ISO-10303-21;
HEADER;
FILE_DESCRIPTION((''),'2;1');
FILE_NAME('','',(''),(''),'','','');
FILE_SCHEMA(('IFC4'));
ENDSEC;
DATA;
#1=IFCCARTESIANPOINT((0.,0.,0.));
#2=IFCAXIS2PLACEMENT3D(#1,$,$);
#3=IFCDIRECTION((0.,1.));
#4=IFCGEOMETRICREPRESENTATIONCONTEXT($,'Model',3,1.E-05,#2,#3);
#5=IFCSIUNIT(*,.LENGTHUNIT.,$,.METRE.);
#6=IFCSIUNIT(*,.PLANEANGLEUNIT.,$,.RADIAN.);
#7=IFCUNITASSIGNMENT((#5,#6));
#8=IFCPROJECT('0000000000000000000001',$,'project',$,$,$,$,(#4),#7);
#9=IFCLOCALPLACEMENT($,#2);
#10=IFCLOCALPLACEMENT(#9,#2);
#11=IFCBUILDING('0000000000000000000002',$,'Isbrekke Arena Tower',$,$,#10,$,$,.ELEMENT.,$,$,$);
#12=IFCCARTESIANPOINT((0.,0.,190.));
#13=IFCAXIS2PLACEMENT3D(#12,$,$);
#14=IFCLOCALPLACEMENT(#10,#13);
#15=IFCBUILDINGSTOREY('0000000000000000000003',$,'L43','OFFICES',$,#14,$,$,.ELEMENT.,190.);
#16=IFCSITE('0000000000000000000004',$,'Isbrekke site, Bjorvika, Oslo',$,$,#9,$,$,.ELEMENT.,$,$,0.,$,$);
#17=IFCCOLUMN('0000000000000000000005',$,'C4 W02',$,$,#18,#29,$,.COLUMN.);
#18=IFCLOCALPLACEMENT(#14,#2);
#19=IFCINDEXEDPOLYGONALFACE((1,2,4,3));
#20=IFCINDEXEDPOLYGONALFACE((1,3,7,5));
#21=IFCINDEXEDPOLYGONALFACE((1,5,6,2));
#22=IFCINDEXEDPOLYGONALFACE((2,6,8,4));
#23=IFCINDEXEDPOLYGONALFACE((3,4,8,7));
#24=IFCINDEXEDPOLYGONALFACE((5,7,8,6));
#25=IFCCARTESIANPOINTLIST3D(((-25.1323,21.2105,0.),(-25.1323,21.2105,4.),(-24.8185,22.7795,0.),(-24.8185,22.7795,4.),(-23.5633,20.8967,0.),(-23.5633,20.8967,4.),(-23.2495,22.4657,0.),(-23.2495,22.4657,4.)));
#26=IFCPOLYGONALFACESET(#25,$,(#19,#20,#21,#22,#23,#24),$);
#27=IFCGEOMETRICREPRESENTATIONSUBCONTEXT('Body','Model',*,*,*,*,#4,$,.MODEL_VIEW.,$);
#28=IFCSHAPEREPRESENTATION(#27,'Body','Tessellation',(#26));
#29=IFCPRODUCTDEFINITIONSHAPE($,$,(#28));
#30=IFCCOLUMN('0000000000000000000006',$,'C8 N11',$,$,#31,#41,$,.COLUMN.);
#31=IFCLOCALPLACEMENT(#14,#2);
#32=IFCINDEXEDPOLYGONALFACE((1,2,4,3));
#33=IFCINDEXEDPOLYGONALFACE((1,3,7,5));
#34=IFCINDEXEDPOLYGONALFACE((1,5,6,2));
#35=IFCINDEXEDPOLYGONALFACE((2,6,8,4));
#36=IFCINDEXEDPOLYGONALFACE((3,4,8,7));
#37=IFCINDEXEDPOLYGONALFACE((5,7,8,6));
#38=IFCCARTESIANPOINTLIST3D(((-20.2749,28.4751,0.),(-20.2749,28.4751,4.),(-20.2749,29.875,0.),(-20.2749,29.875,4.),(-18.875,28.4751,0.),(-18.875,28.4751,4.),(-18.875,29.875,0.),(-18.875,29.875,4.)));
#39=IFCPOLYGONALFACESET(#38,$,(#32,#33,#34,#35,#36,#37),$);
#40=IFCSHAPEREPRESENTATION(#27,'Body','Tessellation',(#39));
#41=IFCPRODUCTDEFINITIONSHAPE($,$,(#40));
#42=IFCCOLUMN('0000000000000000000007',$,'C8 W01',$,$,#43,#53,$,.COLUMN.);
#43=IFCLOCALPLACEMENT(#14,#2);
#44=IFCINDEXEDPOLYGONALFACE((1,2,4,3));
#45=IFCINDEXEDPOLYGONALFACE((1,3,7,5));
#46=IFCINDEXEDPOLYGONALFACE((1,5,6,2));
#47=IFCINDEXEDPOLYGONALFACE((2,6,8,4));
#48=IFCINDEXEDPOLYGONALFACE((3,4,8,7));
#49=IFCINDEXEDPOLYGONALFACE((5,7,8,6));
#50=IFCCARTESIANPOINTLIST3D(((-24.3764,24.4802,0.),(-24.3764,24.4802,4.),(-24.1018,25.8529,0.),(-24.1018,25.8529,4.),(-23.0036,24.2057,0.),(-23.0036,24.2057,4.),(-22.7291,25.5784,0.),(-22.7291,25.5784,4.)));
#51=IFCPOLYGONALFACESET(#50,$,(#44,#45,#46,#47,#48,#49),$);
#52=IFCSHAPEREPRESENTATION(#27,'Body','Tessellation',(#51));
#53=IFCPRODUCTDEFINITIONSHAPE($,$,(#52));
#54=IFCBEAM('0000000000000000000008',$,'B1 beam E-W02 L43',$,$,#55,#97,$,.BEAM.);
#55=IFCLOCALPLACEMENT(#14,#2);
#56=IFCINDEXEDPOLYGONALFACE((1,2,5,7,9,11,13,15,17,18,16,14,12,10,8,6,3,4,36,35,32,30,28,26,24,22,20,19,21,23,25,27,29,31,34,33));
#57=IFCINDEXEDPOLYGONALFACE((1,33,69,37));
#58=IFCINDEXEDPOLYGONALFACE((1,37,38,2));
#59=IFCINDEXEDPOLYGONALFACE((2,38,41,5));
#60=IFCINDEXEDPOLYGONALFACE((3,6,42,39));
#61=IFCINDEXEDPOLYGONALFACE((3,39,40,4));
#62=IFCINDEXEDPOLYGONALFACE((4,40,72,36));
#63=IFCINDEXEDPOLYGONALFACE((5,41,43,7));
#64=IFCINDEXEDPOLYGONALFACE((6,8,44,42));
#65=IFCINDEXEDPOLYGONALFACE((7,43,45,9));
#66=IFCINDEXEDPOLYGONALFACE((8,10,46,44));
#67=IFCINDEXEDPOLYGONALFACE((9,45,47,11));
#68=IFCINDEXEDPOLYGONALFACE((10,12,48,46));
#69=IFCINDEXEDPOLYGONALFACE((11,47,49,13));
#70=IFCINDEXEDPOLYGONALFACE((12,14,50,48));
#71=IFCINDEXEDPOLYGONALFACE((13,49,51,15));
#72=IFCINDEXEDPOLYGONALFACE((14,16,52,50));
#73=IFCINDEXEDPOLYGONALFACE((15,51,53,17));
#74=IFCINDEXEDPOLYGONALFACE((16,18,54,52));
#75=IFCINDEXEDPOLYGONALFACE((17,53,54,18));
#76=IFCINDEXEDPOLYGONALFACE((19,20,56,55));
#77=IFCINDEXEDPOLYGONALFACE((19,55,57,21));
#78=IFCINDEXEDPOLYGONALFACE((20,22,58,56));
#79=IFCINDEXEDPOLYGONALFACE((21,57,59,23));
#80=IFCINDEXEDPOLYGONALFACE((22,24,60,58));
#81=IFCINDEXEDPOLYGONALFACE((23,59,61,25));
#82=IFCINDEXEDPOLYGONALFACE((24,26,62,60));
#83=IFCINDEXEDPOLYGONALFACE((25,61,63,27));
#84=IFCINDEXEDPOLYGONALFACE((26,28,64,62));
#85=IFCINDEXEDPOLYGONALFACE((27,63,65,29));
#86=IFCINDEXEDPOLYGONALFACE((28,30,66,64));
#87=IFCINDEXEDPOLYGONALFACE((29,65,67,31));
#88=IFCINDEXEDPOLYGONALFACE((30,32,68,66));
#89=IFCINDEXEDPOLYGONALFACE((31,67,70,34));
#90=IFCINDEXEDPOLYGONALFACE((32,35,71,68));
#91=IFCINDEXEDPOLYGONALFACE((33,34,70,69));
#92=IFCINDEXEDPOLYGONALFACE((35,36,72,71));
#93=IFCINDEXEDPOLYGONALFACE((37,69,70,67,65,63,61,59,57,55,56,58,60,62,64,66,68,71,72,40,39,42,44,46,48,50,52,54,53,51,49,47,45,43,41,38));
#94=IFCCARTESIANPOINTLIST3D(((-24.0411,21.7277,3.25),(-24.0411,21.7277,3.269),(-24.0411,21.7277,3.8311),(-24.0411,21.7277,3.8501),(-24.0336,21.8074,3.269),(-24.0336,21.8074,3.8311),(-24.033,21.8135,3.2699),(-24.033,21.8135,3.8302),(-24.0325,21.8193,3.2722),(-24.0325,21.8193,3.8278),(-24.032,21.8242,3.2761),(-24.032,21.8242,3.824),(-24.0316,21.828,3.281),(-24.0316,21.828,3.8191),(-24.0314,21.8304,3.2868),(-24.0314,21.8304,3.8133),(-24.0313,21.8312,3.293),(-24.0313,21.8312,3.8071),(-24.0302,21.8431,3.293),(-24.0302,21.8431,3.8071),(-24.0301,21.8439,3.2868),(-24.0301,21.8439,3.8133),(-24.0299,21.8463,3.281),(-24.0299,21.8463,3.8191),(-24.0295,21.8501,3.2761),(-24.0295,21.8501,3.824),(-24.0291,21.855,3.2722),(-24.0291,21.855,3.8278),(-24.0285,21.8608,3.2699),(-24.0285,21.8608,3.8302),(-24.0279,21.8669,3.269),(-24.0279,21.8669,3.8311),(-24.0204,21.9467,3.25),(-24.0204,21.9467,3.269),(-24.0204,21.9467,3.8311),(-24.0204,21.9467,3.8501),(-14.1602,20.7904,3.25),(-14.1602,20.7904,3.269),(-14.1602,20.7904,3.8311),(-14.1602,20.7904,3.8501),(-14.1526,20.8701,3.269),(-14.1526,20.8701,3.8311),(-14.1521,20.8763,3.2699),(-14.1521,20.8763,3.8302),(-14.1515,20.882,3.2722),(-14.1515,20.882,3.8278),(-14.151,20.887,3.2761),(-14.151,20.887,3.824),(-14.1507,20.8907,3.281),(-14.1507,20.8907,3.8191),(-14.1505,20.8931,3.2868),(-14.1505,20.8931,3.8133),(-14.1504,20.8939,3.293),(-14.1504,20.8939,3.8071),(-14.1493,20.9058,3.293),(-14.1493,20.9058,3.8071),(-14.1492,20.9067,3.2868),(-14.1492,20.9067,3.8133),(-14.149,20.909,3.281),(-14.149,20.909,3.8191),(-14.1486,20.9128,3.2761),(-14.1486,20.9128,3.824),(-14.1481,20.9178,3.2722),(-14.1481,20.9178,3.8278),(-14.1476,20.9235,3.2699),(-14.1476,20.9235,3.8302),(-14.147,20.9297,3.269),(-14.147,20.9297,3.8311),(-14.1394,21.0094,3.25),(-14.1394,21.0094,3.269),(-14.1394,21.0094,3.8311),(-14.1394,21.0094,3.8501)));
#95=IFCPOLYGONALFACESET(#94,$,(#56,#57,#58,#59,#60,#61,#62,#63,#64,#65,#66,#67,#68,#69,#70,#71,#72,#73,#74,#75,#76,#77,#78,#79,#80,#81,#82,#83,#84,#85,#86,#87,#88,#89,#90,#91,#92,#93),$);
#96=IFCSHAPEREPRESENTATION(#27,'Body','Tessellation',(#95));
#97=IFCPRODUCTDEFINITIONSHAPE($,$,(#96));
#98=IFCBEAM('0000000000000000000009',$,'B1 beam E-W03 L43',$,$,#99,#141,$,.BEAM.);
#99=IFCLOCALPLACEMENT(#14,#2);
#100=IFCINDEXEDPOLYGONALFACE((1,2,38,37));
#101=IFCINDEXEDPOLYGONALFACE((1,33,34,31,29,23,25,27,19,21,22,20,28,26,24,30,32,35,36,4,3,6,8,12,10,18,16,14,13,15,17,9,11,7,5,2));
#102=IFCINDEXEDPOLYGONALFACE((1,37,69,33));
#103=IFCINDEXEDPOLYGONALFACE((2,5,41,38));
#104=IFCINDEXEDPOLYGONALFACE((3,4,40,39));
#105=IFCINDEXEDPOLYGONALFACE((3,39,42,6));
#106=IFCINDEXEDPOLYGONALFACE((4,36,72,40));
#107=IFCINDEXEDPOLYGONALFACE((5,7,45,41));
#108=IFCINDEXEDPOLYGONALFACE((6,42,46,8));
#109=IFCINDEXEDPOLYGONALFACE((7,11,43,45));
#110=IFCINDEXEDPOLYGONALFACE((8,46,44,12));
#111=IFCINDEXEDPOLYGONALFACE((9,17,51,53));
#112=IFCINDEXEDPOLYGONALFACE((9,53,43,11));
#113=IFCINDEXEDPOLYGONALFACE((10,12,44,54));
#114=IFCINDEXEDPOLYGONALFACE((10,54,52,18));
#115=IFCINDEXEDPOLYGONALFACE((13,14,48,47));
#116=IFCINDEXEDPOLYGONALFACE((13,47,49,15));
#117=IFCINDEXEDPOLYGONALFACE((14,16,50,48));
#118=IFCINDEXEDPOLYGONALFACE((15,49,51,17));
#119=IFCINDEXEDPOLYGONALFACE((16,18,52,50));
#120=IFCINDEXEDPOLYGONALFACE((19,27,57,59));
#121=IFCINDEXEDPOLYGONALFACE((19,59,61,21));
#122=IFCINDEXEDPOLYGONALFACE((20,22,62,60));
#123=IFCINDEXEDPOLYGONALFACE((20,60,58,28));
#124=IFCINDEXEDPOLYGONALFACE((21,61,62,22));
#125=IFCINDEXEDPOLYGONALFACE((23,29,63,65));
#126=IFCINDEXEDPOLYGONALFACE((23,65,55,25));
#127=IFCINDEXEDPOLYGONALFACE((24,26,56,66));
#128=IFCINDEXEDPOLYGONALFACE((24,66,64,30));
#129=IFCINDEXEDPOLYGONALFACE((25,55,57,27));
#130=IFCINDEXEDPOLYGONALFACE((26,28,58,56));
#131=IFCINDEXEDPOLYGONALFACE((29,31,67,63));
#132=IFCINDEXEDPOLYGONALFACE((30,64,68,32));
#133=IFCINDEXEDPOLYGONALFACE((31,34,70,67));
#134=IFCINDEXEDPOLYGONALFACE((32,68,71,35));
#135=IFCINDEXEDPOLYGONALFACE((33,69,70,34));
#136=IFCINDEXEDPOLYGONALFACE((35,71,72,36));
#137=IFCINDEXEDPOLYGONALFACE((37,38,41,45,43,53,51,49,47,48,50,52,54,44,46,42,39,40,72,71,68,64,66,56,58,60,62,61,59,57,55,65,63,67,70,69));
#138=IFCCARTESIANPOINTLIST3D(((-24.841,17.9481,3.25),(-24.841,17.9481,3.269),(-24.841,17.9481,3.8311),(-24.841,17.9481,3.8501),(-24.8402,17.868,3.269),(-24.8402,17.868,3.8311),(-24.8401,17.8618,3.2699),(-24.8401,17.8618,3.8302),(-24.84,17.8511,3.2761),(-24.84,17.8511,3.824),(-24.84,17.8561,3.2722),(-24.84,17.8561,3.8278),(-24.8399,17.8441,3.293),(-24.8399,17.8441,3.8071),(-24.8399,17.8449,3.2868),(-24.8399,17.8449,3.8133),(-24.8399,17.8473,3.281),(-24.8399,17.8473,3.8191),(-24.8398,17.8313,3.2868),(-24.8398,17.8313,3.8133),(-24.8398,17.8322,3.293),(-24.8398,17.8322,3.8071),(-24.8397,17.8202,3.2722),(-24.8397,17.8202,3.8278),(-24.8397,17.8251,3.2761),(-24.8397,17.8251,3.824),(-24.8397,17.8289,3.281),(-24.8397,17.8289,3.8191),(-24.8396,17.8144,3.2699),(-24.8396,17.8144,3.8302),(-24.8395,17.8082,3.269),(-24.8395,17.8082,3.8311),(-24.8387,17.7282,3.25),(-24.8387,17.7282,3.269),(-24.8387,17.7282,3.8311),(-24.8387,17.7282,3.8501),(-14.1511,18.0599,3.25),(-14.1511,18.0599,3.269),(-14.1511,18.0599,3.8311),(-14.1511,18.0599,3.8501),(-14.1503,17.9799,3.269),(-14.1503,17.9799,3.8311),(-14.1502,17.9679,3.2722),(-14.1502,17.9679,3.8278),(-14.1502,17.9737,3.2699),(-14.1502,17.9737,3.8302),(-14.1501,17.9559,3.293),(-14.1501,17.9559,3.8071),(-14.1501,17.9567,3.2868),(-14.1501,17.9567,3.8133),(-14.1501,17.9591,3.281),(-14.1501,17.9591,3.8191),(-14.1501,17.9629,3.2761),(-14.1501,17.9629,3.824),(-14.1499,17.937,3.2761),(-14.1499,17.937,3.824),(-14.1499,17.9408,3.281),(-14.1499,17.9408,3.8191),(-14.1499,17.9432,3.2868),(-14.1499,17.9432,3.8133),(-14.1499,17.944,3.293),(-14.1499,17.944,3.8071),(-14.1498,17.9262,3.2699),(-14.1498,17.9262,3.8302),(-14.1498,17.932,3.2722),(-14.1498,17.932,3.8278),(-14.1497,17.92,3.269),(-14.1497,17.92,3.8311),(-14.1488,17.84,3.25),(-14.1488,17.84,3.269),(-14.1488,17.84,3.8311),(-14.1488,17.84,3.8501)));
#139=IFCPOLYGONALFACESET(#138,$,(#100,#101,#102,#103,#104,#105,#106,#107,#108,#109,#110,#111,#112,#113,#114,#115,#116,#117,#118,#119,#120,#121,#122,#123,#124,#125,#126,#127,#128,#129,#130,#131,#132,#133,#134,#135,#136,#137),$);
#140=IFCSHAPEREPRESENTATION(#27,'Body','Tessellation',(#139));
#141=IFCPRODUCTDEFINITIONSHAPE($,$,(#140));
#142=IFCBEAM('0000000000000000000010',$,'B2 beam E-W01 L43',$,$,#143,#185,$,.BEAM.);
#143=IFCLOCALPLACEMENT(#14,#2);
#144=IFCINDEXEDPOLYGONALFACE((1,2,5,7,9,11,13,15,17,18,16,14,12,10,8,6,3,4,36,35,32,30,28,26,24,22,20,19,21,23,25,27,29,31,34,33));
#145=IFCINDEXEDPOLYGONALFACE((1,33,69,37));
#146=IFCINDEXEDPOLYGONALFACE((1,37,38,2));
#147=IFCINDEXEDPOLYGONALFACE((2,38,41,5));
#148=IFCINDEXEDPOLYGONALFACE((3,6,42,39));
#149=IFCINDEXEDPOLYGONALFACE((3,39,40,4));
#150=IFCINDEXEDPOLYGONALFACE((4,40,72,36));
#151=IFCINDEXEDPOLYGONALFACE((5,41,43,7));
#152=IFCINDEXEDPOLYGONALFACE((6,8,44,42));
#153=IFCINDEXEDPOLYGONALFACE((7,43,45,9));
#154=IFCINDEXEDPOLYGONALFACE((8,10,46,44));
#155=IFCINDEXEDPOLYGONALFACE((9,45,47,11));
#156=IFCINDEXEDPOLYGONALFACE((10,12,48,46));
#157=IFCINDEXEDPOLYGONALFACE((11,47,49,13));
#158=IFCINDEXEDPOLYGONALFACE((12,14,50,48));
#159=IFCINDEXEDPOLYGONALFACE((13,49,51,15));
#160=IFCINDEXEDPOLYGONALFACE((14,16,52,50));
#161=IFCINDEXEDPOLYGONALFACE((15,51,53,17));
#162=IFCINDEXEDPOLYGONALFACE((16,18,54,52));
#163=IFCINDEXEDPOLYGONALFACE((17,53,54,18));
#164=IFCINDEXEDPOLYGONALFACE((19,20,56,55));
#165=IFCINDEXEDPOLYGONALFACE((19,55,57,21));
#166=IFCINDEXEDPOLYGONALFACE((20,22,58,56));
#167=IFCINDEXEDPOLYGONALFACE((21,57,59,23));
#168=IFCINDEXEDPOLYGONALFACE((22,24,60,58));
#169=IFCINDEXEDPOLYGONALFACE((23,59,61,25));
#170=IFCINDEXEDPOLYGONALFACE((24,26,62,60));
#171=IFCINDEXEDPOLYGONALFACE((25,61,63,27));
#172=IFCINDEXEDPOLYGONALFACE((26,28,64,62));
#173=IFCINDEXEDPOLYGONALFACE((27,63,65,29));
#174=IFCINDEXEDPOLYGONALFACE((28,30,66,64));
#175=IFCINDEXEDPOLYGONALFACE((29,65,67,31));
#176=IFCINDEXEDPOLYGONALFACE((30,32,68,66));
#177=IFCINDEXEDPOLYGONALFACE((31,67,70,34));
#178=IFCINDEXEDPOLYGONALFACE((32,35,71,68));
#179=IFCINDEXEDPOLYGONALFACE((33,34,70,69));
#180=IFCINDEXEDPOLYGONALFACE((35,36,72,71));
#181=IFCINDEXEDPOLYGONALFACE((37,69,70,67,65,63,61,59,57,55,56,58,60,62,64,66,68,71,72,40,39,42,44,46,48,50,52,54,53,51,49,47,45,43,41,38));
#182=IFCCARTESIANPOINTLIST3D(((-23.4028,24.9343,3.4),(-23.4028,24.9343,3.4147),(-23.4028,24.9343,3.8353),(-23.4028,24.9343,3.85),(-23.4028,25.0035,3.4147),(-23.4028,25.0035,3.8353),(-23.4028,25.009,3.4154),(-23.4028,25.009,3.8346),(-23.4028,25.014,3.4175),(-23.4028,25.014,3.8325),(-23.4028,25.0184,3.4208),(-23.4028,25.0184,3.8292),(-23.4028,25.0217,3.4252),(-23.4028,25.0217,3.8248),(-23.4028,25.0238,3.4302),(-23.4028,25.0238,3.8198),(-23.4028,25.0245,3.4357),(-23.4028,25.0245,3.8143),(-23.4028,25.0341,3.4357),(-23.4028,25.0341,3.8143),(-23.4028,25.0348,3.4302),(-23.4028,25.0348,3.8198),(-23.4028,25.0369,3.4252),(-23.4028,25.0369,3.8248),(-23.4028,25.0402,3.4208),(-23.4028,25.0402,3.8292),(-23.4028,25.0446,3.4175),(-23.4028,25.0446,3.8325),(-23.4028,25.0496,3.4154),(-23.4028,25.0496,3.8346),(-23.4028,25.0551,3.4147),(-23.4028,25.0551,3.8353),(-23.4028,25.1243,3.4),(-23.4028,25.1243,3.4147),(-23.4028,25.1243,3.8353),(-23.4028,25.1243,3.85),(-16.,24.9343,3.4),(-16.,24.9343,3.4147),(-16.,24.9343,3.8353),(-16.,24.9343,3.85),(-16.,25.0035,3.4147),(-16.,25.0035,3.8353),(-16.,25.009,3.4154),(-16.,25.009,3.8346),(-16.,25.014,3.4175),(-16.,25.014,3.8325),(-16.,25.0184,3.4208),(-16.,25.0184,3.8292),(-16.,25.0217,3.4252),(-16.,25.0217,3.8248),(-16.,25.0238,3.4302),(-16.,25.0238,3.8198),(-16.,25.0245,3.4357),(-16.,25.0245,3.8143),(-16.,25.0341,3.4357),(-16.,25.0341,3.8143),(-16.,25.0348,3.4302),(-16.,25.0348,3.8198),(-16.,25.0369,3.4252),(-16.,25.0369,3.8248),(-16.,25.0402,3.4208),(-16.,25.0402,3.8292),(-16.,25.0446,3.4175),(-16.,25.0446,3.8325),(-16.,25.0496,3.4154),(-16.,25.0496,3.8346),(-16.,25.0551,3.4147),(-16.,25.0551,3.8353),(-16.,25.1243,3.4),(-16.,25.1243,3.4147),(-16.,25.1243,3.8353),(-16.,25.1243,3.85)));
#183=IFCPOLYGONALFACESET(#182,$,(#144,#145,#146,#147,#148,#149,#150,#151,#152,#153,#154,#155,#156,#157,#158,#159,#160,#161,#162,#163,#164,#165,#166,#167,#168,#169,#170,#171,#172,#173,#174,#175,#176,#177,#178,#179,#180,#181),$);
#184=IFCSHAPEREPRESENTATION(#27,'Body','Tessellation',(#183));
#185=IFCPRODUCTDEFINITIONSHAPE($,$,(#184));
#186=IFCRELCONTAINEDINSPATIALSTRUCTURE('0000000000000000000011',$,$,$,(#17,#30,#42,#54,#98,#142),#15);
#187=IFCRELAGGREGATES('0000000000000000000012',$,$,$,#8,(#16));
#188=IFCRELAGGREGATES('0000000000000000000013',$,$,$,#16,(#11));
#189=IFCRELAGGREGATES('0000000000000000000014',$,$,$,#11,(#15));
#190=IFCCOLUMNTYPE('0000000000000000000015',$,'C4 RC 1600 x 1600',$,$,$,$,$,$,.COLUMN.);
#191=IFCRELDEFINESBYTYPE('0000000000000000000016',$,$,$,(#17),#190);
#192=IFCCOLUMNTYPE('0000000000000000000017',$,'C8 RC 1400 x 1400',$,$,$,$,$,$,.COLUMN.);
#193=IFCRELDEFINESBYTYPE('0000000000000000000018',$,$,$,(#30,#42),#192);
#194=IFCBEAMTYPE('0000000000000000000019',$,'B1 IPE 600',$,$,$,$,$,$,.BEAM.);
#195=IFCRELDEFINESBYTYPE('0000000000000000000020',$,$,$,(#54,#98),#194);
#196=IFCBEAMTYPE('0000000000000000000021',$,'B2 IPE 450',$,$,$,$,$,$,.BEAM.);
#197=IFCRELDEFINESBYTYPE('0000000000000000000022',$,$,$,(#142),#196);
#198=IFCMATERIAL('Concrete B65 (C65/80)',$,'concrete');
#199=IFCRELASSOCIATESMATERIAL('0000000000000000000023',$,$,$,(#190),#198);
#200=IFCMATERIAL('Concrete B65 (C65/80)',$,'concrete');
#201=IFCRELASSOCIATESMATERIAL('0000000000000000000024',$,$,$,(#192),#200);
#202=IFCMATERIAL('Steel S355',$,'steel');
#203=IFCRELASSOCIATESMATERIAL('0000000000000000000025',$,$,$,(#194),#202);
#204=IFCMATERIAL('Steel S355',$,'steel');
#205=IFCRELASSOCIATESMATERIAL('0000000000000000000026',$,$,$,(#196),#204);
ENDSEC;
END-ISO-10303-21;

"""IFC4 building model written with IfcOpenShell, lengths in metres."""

from ifc_helpers import new_model, si_unit, direction, frame, origin, origin_2d, place, context, subcontext, project, spatial, rectangle, i_section, extrude, material, material_profile, profile_set, type_object, element, save


model = new_model("IFC4")

# Units and contexts
model_context = context("Model", 3, precision=1e-05, world=origin(), true_north=direction((0.0, 1.0)))
body_context = subcontext(model_context, "Body", "Model", "MODEL_VIEW")
ifc_project = project(units=[si_unit("LENGTHUNIT", "METRE"), si_unit("PLANEANGLEUNIT", "RADIAN")], contexts=[model_context])

# Site, building, storey
site_placement = place(None, origin())
site = spatial("IfcSite", under=ifc_project, at=site_placement, Name="Isbrekke site, Bjorvika, Oslo", CompositionType="ELEMENT", RefElevation=0.0)
building_placement = place(site_placement, origin())
building = spatial("IfcBuilding", under=site, at=building_placement, Name="Isbrekke Arena Tower", CompositionType="ELEMENT")
storey_placement = place(building_placement, frame((0.0, 0.0, 190.0)))
storey = spatial("IfcBuildingStorey", under=building, at=storey_placement, Name="L43", Description="OFFICES", CompositionType="ELEMENT", Elevation=190.0)

# Columns
ifc_material_1 = material(Name="Concrete B65 (C65/80)", Category="concrete")
ifc_material_profile_1 = material_profile(ifc_material_1, rectangle(XDim=1.6001, YDim=1.6001, at=origin_2d()), Name="RC 1600x1600")
ifc_profile_set_1 = profile_set([ifc_material_profile_1], Name="Concrete B65 (C65/80)")
column_type_1 = type_object("IfcColumnType", Name="C4 RC 1600 x 1600", PredefinedType="COLUMN", material=ifc_profile_set_1)
column_placement = place(storey_placement, frame((-24.1909, 21.8381, 0.0), z_axis=(0.0, 0.0, 1.0), x_axis=(-0.196116, -0.980581, 0.0)))
element("IfcColumn", 1, at=column_placement, inside=storey, type_object=column_type_1, Name="C4 W02", PredefinedType="COLUMN", context=body_context, shape_type="SweptSolid", body=[
    extrude(rectangle(XDim=1.6001, YDim=1.6001, at=origin_2d()), origin(), (0.0, 0.0, 1.0), 4.0),
])
ifc_material_2 = material(Name="Concrete B65 (C65/80)", Category="concrete")
ifc_material_profile_2 = material_profile(ifc_material_2, rectangle(XDim=1.3999, YDim=1.3999, at=origin_2d()), Name="RC 1400x1400")
ifc_profile_set_2 = profile_set([ifc_material_profile_2], Name="Concrete B65 (C65/80)")
column_type_2 = type_object("IfcColumnType", Name="C8 RC 1400 x 1400", PredefinedType="COLUMN", material=ifc_profile_set_2)
for number, where, z_axis, x_axis, name in (
    (2, (-19.575, 29.175, 0.0), (0.0, 0.0, 1.0), (-1.0, 0.0, 0.0), "C8 N11"),
    (3, (-23.5527, 25.0293, 0.0), (0.0, 0.0, 1.0), (-0.196116, -0.980581, 0.0), "C8 W01"),
):
    element("IfcColumn", number, at=place(storey_placement, frame(where, z_axis=z_axis, x_axis=x_axis)), inside=storey, type_object=column_type_2, Name=name, PredefinedType="COLUMN", context=body_context, shape_type="SweptSolid", body=[
        extrude(rectangle(XDim=1.3999, YDim=1.3999, at=origin_2d()), origin(), (0.0, 0.0, 1.0), 4.0),
    ])

# Beams
ifc_material_3 = material(Name="Steel S355", Category="steel")
ifc_material_profile_3 = material_profile(ifc_material_3, i_section(OverallWidth=0.22, OverallDepth=0.6001, WebThickness=0.012, FlangeThickness=0.019, FilletRadius=0.0239, at=origin_2d()), Name="IPE 600")
ifc_profile_set_3 = profile_set([ifc_material_profile_3], Name="Steel S355")
beam_type_1 = type_object("IfcBeamType", Name="B1 IPE 600", PredefinedType="BEAM", material=ifc_profile_set_3)
beam_1_placement = place(storey_placement, frame((-24.0308, 21.8372, 3.55), z_axis=(0.995531, -0.094432, 0.0), x_axis=(0.094432, 0.995531, 0.0)))
element("IfcBeam", 4, at=beam_1_placement, inside=storey, type_object=beam_type_1, Name="B1 beam E-W02 L43", PredefinedType="BEAM", context=body_context, shape_type="SweptSolid", body=[
    extrude(i_section(OverallWidth=0.22, OverallDepth=0.6001, WebThickness=0.012, FlangeThickness=0.019, FilletRadius=0.0239, at=origin_2d()), origin(), (0.0, 0.0, 1.0), 9.9253),
])
beam_2_placement = place(storey_placement, frame((-24.8398, 17.8381, 3.55), z_axis=(0.999945, 0.010459, 0.0), x_axis=(-0.010459, 0.999945, 0.0)))
element("IfcBeam", 5, at=beam_2_placement, inside=storey, type_object=beam_type_1, Name="B1 beam E-W03 L43", PredefinedType="BEAM", context=body_context, shape_type="SweptSolid", body=[
    extrude(i_section(OverallWidth=0.22, OverallDepth=0.6001, WebThickness=0.012, FlangeThickness=0.019, FilletRadius=0.0239, at=origin_2d()), origin(), (0.0, 0.0, 1.0), 10.6904),
])
ifc_material_4 = material(Name="Steel S355", Category="steel")
ifc_material_profile_4 = material_profile(ifc_material_4, i_section(OverallWidth=0.1899, OverallDepth=0.45, WebThickness=0.0095, FlangeThickness=0.0146, FilletRadius=0.021, at=origin_2d()), Name="IPE 450")
ifc_profile_set_4 = profile_set([ifc_material_profile_4], Name="Steel S355")
beam_type_2 = type_object("IfcBeamType", Name="B2 IPE 450", PredefinedType="BEAM", material=ifc_profile_set_4)
beam_3_placement = place(storey_placement, frame((-23.4028, 25.0293, 3.625), z_axis=(1.0, 0.0, 0.0), x_axis=(0.0, 1.0, 0.0)))
element("IfcBeam", 6, at=beam_3_placement, inside=storey, type_object=beam_type_2, Name="B2 beam E-W01 L43", PredefinedType="BEAM", context=body_context, shape_type="SweptSolid", body=[
    extrude(i_section(OverallWidth=0.1899, OverallDepth=0.45, WebThickness=0.0095, FlangeThickness=0.0146, FilletRadius=0.021, at=origin_2d()), origin(), (0.0, 0.0, 1.0), 7.4028),
])

save(model, "model.ifc")
